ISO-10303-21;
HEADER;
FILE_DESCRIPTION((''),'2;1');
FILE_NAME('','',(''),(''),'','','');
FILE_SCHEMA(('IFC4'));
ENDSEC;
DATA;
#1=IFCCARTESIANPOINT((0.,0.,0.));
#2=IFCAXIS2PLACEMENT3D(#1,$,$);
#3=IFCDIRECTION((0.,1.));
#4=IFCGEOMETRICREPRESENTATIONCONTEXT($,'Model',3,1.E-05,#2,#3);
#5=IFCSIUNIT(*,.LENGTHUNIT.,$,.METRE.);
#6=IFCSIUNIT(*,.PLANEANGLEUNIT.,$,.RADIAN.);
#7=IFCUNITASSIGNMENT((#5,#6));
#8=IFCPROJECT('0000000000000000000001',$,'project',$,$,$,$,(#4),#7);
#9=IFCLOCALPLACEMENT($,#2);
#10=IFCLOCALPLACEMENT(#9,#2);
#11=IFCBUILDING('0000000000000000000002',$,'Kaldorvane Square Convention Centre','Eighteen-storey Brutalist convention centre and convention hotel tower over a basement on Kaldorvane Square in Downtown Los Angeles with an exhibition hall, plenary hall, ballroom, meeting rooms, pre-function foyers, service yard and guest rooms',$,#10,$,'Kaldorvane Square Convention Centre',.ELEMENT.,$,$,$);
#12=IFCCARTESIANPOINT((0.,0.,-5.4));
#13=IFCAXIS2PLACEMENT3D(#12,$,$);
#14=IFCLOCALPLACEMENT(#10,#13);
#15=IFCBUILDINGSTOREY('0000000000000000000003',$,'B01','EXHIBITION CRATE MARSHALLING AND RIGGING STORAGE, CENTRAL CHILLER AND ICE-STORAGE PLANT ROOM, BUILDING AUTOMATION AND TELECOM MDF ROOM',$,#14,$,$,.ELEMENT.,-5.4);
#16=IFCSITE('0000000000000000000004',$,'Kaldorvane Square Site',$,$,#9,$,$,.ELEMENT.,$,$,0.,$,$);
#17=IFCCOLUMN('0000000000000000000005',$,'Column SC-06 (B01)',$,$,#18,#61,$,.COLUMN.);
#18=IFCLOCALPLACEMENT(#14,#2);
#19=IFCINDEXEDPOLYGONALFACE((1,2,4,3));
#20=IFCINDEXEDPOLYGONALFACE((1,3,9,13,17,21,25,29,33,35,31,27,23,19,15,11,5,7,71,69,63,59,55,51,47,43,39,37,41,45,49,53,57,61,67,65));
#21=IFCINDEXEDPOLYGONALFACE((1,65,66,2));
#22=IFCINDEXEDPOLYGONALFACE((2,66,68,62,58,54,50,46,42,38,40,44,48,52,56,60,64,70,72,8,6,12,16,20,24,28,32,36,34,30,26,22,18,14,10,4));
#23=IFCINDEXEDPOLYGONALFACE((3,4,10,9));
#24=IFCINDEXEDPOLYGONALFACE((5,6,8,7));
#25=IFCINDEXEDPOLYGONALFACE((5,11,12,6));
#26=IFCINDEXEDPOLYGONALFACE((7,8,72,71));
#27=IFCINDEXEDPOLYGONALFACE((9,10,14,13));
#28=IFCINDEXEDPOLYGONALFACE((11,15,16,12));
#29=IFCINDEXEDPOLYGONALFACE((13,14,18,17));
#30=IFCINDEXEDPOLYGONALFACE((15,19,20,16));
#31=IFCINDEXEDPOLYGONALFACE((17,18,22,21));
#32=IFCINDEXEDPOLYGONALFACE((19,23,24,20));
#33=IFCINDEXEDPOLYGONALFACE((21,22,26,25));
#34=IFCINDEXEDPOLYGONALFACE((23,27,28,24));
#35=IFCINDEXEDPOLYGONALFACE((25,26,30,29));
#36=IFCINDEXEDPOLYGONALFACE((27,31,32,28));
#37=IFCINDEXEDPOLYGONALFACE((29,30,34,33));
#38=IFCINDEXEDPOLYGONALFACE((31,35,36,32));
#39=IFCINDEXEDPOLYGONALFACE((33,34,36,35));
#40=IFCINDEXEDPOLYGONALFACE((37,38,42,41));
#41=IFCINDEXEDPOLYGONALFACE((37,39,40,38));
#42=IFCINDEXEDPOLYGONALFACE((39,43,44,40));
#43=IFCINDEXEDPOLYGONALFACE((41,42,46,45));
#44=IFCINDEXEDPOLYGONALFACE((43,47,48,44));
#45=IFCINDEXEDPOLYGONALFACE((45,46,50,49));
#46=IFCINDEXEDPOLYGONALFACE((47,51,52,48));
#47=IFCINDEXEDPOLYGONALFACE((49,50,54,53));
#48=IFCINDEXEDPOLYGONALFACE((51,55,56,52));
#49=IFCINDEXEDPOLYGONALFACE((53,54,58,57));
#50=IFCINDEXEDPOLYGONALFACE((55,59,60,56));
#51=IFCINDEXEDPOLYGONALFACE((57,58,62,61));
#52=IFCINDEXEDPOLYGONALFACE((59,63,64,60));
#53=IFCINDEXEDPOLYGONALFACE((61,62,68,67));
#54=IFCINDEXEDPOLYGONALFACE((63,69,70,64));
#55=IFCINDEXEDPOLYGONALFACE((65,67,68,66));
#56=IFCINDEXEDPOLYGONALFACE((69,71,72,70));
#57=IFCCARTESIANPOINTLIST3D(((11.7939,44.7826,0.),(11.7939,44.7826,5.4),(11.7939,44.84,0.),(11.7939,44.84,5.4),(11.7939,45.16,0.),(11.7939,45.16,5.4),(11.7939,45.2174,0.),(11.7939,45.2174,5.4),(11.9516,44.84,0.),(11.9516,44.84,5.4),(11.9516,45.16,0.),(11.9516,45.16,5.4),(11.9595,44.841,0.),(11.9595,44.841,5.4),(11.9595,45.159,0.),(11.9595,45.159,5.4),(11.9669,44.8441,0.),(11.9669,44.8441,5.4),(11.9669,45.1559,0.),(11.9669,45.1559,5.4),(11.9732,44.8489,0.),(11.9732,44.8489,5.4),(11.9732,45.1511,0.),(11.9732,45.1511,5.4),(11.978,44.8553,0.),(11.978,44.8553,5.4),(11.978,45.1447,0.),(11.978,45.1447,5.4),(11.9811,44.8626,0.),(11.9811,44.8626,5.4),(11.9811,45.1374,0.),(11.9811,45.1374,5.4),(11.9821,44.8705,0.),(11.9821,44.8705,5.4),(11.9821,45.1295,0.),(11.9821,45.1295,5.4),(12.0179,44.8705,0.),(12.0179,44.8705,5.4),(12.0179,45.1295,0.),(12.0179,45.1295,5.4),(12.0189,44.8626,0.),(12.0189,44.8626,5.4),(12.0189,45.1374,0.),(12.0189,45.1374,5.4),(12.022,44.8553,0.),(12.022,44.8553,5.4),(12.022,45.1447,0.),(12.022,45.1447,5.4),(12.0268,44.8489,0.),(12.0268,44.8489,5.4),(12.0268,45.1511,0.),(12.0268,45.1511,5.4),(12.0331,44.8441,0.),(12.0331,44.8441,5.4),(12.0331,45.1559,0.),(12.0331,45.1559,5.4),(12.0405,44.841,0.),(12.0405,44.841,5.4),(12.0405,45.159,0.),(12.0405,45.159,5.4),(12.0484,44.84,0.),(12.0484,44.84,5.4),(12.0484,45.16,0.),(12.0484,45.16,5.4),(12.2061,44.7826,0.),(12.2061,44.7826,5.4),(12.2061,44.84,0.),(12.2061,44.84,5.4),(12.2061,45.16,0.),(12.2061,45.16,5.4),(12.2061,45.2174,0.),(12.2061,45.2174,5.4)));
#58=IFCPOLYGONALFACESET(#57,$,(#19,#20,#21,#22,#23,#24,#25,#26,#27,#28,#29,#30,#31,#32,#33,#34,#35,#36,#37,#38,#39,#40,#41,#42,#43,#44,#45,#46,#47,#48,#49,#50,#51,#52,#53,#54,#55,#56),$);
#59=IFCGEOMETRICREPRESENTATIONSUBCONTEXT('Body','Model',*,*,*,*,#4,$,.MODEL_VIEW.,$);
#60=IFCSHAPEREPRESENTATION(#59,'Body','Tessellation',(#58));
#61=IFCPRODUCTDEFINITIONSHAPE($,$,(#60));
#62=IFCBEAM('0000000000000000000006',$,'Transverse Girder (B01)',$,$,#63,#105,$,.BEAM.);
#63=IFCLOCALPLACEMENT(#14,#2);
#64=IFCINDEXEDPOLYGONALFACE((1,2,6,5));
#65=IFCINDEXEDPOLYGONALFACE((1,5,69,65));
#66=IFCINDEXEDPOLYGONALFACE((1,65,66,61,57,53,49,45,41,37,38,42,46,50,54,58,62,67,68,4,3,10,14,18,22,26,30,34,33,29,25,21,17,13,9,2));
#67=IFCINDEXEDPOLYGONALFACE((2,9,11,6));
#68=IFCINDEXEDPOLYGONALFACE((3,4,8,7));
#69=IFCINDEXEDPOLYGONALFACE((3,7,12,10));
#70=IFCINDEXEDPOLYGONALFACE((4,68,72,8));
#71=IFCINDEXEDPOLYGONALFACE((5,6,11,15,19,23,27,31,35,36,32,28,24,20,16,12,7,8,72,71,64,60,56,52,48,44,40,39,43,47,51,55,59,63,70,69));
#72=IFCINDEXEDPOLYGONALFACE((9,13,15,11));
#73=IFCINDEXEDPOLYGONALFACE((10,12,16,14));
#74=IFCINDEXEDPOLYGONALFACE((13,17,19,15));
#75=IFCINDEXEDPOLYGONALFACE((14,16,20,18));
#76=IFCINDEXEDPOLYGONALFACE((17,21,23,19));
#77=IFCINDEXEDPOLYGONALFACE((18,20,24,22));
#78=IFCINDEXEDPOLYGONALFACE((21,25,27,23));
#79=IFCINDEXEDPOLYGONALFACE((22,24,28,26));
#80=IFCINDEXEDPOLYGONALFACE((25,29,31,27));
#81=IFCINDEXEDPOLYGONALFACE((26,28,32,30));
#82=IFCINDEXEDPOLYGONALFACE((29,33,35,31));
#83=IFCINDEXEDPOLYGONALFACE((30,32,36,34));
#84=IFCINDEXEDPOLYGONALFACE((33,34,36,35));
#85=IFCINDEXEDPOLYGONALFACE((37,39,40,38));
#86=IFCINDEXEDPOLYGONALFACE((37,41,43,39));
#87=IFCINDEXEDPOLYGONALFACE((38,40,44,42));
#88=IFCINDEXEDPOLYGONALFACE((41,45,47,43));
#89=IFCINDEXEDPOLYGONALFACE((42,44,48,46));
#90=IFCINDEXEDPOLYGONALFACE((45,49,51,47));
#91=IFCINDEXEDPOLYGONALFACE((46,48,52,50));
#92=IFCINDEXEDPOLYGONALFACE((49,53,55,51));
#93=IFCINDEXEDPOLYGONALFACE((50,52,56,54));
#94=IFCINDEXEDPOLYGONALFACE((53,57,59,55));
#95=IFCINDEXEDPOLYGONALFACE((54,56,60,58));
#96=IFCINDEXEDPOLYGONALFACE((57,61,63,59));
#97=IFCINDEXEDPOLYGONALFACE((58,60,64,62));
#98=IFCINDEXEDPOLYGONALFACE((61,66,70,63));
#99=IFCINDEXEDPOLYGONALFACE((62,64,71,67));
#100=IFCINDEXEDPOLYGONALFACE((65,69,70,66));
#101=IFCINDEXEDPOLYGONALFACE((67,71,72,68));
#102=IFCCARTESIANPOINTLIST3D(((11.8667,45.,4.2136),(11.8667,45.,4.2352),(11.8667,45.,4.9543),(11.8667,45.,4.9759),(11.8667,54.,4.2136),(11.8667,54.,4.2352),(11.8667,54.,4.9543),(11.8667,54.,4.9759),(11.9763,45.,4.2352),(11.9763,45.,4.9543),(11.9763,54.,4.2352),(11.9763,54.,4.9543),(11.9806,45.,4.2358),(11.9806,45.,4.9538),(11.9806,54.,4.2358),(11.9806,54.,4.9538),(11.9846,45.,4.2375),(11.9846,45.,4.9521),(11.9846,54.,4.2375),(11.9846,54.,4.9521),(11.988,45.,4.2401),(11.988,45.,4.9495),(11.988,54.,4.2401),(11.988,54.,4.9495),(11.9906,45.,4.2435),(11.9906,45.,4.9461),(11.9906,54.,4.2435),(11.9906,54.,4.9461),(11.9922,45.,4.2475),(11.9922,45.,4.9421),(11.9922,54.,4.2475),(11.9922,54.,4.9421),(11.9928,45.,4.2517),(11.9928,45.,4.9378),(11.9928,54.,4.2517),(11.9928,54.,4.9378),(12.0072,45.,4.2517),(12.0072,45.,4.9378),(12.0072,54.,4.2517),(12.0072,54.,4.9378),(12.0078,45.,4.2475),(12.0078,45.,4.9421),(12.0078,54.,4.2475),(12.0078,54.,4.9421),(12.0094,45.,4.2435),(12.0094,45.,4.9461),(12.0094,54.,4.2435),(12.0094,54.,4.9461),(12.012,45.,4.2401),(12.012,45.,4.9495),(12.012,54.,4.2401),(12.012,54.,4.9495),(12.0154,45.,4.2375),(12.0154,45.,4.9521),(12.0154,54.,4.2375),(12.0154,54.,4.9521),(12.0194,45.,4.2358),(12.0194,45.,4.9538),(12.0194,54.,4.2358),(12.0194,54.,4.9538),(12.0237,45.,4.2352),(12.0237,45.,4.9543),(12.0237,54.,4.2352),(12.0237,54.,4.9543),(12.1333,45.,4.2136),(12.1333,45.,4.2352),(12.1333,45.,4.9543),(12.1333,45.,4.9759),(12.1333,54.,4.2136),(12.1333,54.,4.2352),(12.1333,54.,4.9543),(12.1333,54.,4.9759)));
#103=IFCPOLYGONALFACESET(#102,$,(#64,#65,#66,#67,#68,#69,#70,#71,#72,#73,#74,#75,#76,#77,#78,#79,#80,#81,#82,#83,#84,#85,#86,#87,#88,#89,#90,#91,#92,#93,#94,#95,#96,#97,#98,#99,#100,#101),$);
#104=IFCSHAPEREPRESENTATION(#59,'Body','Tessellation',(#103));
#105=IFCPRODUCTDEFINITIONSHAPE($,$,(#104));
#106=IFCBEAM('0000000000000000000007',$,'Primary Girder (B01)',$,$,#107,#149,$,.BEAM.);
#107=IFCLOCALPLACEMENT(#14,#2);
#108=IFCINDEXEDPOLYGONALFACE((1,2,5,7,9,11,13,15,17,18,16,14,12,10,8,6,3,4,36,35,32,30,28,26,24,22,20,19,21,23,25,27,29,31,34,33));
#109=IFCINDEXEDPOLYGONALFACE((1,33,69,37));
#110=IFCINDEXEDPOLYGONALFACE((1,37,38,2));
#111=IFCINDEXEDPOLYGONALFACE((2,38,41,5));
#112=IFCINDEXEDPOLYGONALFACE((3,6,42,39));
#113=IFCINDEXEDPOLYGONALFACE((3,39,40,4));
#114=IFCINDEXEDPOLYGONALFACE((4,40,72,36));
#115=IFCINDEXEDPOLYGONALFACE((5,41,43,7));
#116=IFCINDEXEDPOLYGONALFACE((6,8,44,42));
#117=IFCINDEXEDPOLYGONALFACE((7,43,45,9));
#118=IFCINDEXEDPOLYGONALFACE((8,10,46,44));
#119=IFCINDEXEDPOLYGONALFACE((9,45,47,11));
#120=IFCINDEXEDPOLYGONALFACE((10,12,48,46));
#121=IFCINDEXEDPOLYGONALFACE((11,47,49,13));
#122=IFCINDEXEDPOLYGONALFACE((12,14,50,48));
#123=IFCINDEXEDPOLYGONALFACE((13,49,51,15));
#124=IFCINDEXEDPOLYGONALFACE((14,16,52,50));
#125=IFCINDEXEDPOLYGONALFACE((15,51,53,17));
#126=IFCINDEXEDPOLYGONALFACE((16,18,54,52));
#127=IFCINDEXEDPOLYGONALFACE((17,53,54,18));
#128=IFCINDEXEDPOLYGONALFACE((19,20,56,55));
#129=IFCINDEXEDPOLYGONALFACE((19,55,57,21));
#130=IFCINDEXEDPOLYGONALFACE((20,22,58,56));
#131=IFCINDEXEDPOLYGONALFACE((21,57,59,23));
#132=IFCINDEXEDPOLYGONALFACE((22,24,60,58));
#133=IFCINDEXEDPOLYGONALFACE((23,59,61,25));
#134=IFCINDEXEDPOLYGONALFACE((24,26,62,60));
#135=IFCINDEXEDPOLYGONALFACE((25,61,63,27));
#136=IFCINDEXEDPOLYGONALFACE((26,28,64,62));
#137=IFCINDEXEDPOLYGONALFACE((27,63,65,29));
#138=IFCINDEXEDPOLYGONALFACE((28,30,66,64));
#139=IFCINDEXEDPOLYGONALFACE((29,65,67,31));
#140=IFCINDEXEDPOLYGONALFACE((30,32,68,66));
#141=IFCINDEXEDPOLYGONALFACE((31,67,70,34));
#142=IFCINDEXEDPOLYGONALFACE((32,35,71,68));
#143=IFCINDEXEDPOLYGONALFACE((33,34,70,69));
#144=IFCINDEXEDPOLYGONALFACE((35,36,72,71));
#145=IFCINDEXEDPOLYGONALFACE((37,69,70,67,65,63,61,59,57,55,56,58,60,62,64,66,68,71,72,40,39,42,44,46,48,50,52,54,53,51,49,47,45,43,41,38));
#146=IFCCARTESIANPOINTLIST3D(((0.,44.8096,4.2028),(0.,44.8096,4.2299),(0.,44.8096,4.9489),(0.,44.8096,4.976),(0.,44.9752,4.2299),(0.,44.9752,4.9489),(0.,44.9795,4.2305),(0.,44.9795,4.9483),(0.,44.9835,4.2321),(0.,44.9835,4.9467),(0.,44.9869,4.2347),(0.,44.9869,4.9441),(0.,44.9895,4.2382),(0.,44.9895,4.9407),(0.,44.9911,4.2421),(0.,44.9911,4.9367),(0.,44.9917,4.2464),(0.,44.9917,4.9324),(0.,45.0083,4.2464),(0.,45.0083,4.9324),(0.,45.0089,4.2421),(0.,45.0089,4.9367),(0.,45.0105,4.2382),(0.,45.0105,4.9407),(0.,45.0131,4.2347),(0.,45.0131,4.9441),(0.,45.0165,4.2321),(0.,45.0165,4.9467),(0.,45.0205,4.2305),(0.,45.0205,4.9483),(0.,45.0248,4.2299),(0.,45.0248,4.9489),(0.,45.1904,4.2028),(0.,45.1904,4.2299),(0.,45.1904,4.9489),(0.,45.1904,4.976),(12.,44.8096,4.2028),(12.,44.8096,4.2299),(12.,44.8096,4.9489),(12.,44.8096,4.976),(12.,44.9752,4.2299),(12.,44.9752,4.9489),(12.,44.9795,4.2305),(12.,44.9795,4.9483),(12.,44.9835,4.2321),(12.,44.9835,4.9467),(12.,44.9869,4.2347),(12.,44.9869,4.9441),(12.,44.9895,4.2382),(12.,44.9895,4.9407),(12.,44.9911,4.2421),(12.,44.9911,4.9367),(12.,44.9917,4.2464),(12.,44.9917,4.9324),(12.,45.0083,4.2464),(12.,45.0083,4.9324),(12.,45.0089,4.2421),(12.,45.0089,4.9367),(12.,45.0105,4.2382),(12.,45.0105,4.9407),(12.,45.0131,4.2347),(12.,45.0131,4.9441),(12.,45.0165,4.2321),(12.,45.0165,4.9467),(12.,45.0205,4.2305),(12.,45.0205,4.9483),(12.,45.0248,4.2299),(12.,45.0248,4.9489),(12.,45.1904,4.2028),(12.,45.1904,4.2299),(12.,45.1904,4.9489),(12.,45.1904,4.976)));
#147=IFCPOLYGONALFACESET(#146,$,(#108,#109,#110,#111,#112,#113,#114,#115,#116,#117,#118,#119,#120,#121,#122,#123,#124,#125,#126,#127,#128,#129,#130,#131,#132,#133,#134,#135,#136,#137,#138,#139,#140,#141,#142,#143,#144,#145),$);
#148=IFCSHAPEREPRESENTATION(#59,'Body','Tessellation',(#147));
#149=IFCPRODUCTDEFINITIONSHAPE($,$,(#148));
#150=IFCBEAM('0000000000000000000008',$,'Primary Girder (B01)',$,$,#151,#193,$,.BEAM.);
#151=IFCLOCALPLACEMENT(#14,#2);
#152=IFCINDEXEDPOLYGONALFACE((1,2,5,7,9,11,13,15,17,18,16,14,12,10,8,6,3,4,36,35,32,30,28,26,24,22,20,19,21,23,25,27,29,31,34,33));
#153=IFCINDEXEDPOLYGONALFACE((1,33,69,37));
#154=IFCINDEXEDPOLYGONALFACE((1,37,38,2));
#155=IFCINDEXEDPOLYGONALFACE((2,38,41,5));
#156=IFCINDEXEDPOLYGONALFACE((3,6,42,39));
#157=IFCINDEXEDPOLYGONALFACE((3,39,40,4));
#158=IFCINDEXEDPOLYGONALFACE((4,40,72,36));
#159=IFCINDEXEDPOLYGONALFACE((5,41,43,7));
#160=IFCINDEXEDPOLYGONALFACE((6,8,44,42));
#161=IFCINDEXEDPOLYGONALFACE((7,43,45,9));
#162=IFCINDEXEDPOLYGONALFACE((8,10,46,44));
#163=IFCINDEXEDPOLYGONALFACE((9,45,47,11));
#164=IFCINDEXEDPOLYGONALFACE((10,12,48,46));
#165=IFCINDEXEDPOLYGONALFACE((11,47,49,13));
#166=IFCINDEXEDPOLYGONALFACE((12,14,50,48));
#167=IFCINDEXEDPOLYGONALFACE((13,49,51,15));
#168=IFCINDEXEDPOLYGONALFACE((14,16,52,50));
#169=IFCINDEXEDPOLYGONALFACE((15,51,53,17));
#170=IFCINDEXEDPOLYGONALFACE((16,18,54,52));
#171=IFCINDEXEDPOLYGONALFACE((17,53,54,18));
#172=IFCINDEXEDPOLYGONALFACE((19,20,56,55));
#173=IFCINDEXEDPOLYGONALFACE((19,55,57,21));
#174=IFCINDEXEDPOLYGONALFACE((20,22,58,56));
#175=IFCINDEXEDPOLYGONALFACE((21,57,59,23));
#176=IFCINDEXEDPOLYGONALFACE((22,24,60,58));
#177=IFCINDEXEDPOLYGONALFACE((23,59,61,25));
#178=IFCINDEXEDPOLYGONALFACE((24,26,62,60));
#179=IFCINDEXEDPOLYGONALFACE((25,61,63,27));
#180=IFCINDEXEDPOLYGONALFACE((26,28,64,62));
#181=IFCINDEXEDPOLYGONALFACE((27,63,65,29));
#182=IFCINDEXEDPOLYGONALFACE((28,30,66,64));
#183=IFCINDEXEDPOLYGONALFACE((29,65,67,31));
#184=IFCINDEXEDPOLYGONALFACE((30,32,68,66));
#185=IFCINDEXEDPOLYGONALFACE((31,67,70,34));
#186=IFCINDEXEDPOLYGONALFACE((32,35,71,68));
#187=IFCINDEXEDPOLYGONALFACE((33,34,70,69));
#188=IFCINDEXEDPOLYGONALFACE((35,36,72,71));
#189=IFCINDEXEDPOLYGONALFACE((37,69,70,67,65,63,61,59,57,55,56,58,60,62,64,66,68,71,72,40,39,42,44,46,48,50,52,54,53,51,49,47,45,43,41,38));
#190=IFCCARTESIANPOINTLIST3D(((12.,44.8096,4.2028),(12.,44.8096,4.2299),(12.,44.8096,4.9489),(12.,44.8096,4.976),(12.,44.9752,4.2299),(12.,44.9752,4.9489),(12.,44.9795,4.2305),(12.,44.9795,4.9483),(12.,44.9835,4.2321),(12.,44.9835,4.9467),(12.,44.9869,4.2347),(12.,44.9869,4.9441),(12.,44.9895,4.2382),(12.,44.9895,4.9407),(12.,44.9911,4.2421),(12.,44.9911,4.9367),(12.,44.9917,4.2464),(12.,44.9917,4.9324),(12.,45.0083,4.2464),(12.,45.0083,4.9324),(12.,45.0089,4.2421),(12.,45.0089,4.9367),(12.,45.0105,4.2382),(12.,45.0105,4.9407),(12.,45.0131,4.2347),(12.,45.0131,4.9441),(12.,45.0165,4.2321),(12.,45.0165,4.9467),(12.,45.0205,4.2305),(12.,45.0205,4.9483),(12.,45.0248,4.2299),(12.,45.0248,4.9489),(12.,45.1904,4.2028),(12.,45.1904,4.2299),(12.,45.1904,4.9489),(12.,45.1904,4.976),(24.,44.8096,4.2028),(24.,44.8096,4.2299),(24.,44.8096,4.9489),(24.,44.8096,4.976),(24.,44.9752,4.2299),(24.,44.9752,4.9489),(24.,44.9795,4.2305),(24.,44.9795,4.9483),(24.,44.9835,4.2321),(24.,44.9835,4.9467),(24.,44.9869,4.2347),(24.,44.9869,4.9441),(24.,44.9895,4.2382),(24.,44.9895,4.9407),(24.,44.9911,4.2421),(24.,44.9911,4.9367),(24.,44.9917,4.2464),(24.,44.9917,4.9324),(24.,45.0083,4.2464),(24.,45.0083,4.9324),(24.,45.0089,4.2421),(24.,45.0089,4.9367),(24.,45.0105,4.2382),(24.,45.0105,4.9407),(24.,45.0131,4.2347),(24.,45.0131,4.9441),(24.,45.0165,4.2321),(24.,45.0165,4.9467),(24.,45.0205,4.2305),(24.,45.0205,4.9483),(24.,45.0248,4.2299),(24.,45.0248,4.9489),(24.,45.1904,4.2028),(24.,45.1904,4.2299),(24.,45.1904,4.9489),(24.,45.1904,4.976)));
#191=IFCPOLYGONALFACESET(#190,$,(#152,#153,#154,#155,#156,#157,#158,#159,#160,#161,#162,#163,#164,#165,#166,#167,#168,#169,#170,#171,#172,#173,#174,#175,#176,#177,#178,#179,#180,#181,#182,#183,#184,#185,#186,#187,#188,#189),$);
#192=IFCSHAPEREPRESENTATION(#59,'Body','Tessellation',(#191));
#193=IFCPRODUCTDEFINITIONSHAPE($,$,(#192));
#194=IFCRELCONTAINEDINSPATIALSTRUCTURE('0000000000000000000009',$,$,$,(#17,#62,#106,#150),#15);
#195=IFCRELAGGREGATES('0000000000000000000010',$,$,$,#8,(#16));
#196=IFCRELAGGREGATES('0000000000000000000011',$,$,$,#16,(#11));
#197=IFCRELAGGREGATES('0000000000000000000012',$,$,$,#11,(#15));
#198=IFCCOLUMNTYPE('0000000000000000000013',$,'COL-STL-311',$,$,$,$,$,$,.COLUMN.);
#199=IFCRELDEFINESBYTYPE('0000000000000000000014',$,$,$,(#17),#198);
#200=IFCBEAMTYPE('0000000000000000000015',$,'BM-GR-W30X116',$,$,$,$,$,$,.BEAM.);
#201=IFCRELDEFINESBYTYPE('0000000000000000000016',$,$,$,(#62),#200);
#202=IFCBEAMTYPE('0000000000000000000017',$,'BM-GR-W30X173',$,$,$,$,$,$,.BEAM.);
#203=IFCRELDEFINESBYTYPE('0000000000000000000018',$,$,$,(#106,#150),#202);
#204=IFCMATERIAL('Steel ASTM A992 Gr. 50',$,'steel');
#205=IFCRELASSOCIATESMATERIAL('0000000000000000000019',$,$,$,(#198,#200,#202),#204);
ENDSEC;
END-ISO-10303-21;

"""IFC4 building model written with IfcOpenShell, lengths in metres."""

from ifc_helpers import new_model, si_unit, direction, frame, origin, origin_2d, place, context, subcontext, project, spatial, i_section, extrude, material, material_profile, profile_set, type_object, element, save


model = new_model("IFC4")

# Units and contexts
model_context = context("Model", 3, precision=1e-05, world=origin(), true_north=direction((0.0, 1.0)))
body_context = subcontext(model_context, "Body", "Model", "MODEL_VIEW")
ifc_project = project(units=[si_unit("LENGTHUNIT", "METRE"), si_unit("PLANEANGLEUNIT", "RADIAN")], contexts=[model_context])

# Site, building, storey
site_placement = place(None, origin())
site = spatial("IfcSite", under=ifc_project, at=site_placement, Name="Kaldorvane Square Site", CompositionType="ELEMENT", RefElevation=0.0)
building_placement = place(site_placement, origin())
building = spatial("IfcBuilding", under=site, at=building_placement, Name="Kaldorvane Square Convention Centre", Description="Eighteen-storey Brutalist convention centre and convention hotel tower over a basement on Kaldorvane Square in Downtown Los Angeles with an exhibition hall, plenary hall, ballroom, meeting rooms, pre-function foyers, service yard and guest rooms", LongName="Kaldorvane Square Convention Centre", CompositionType="ELEMENT")
storey_placement = place(building_placement, frame((0.0, 0.0, -5.4)))
storey = spatial("IfcBuildingStorey", under=building, at=storey_placement, Name="B01", Description="EXHIBITION CRATE MARSHALLING AND RIGGING STORAGE, CENTRAL CHILLER AND ICE-STORAGE PLANT ROOM, BUILDING AUTOMATION AND TELECOM MDF ROOM", CompositionType="ELEMENT", Elevation=-5.4)

# Column
ifc_material_1 = material(Name="Steel ASTM A992 Gr. 50", Category="steel")
ifc_material_profile_1 = material_profile(ifc_material_1, i_section(OverallWidth=0.4122, OverallDepth=0.4348, WebThickness=0.0358, FlangeThickness=0.0574, FilletRadius=0.0305, at=origin_2d()), Name="W14X311")
ifc_profile_set_1 = profile_set([ifc_material_profile_1], Name="Steel ASTM A992 Gr. 50")
column_type_1 = type_object("IfcColumnType", Name="COL-STL-311", PredefinedType="COLUMN", material=ifc_profile_set_1)
column_1_placement = place(storey_placement, frame((12.0, 45.0, 0.0), z_axis=(0.0, 0.0, 1.0), x_axis=(1.0, 0.0, 0.0)))
element("IfcColumn", 1, at=column_1_placement, inside=storey, type_object=column_type_1, Name="Column SC-06 (B01)", PredefinedType="COLUMN", context=body_context, shape_type="SweptSolid", body=[
    extrude(i_section(OverallWidth=0.4122, OverallDepth=0.4348, WebThickness=0.0358, FlangeThickness=0.0574, FilletRadius=0.0305, at=origin_2d()), origin(), (0.0, 0.0, 1.0), 5.4),
])

# Beams
ifc_material_profile_2 = material_profile(ifc_material_1, i_section(OverallWidth=0.2666, OverallDepth=0.7623, WebThickness=0.0144, FlangeThickness=0.0216, FilletRadius=0.0165, at=origin_2d()), Name="W30X116")
ifc_profile_set_2 = profile_set([ifc_material_profile_2], Name="Steel ASTM A992 Gr. 50")
beam_type_1 = type_object("IfcBeamType", Name="BM-GR-W30X116", PredefinedType="BEAM", material=ifc_profile_set_2)
beam_1_placement = place(storey_placement, frame((12.0, 45.0, 4.5948), z_axis=(0.0, 1.0, 0.0), x_axis=(-1.0, 0.0, 0.0)))
element("IfcBeam", 2, at=beam_1_placement, inside=storey, type_object=beam_type_1, Name="Transverse Girder (B01)", PredefinedType="BEAM", context=body_context, shape_type="SweptSolid", body=[
    extrude(i_section(OverallWidth=0.2666, OverallDepth=0.7623, WebThickness=0.0144, FlangeThickness=0.0216, FilletRadius=0.0165, at=origin_2d()), origin(), (0.0, 0.0, 1.0), 9.0),
])
ifc_material_profile_3 = material_profile(ifc_material_1, i_section(OverallWidth=0.3807, OverallDepth=0.7732, WebThickness=0.0166, FlangeThickness=0.0271, FilletRadius=0.0165, at=origin_2d()), Name="W30X173")
ifc_profile_set_3 = profile_set([ifc_material_profile_3], Name="Steel ASTM A992 Gr. 50")
beam_type_2 = type_object("IfcBeamType", Name="BM-GR-W30X173", PredefinedType="BEAM", material=ifc_profile_set_3)
for number, where, z_axis, x_axis, name in (
    (3, (0.0, 45.0, 4.5894), (1.0, 0.0, 0.0), (0.0, 1.0, 0.0), "Primary Girder (B01)"),
    (4, (12.0, 45.0, 4.5894), (1.0, 0.0, 0.0), (0.0, 1.0, 0.0), "Primary Girder (B01)"),
):
    element("IfcBeam", number, at=place(storey_placement, frame(where, z_axis=z_axis, x_axis=x_axis)), inside=storey, type_object=beam_type_2, Name=name, PredefinedType="BEAM", context=body_context, shape_type="SweptSolid", body=[
        extrude(i_section(OverallWidth=0.3807, OverallDepth=0.7732, WebThickness=0.0166, FlangeThickness=0.0271, FilletRadius=0.0165, at=origin_2d()), origin(), (0.0, 0.0, 1.0), 12.0),
    ])

save(model, "model.ifc")
